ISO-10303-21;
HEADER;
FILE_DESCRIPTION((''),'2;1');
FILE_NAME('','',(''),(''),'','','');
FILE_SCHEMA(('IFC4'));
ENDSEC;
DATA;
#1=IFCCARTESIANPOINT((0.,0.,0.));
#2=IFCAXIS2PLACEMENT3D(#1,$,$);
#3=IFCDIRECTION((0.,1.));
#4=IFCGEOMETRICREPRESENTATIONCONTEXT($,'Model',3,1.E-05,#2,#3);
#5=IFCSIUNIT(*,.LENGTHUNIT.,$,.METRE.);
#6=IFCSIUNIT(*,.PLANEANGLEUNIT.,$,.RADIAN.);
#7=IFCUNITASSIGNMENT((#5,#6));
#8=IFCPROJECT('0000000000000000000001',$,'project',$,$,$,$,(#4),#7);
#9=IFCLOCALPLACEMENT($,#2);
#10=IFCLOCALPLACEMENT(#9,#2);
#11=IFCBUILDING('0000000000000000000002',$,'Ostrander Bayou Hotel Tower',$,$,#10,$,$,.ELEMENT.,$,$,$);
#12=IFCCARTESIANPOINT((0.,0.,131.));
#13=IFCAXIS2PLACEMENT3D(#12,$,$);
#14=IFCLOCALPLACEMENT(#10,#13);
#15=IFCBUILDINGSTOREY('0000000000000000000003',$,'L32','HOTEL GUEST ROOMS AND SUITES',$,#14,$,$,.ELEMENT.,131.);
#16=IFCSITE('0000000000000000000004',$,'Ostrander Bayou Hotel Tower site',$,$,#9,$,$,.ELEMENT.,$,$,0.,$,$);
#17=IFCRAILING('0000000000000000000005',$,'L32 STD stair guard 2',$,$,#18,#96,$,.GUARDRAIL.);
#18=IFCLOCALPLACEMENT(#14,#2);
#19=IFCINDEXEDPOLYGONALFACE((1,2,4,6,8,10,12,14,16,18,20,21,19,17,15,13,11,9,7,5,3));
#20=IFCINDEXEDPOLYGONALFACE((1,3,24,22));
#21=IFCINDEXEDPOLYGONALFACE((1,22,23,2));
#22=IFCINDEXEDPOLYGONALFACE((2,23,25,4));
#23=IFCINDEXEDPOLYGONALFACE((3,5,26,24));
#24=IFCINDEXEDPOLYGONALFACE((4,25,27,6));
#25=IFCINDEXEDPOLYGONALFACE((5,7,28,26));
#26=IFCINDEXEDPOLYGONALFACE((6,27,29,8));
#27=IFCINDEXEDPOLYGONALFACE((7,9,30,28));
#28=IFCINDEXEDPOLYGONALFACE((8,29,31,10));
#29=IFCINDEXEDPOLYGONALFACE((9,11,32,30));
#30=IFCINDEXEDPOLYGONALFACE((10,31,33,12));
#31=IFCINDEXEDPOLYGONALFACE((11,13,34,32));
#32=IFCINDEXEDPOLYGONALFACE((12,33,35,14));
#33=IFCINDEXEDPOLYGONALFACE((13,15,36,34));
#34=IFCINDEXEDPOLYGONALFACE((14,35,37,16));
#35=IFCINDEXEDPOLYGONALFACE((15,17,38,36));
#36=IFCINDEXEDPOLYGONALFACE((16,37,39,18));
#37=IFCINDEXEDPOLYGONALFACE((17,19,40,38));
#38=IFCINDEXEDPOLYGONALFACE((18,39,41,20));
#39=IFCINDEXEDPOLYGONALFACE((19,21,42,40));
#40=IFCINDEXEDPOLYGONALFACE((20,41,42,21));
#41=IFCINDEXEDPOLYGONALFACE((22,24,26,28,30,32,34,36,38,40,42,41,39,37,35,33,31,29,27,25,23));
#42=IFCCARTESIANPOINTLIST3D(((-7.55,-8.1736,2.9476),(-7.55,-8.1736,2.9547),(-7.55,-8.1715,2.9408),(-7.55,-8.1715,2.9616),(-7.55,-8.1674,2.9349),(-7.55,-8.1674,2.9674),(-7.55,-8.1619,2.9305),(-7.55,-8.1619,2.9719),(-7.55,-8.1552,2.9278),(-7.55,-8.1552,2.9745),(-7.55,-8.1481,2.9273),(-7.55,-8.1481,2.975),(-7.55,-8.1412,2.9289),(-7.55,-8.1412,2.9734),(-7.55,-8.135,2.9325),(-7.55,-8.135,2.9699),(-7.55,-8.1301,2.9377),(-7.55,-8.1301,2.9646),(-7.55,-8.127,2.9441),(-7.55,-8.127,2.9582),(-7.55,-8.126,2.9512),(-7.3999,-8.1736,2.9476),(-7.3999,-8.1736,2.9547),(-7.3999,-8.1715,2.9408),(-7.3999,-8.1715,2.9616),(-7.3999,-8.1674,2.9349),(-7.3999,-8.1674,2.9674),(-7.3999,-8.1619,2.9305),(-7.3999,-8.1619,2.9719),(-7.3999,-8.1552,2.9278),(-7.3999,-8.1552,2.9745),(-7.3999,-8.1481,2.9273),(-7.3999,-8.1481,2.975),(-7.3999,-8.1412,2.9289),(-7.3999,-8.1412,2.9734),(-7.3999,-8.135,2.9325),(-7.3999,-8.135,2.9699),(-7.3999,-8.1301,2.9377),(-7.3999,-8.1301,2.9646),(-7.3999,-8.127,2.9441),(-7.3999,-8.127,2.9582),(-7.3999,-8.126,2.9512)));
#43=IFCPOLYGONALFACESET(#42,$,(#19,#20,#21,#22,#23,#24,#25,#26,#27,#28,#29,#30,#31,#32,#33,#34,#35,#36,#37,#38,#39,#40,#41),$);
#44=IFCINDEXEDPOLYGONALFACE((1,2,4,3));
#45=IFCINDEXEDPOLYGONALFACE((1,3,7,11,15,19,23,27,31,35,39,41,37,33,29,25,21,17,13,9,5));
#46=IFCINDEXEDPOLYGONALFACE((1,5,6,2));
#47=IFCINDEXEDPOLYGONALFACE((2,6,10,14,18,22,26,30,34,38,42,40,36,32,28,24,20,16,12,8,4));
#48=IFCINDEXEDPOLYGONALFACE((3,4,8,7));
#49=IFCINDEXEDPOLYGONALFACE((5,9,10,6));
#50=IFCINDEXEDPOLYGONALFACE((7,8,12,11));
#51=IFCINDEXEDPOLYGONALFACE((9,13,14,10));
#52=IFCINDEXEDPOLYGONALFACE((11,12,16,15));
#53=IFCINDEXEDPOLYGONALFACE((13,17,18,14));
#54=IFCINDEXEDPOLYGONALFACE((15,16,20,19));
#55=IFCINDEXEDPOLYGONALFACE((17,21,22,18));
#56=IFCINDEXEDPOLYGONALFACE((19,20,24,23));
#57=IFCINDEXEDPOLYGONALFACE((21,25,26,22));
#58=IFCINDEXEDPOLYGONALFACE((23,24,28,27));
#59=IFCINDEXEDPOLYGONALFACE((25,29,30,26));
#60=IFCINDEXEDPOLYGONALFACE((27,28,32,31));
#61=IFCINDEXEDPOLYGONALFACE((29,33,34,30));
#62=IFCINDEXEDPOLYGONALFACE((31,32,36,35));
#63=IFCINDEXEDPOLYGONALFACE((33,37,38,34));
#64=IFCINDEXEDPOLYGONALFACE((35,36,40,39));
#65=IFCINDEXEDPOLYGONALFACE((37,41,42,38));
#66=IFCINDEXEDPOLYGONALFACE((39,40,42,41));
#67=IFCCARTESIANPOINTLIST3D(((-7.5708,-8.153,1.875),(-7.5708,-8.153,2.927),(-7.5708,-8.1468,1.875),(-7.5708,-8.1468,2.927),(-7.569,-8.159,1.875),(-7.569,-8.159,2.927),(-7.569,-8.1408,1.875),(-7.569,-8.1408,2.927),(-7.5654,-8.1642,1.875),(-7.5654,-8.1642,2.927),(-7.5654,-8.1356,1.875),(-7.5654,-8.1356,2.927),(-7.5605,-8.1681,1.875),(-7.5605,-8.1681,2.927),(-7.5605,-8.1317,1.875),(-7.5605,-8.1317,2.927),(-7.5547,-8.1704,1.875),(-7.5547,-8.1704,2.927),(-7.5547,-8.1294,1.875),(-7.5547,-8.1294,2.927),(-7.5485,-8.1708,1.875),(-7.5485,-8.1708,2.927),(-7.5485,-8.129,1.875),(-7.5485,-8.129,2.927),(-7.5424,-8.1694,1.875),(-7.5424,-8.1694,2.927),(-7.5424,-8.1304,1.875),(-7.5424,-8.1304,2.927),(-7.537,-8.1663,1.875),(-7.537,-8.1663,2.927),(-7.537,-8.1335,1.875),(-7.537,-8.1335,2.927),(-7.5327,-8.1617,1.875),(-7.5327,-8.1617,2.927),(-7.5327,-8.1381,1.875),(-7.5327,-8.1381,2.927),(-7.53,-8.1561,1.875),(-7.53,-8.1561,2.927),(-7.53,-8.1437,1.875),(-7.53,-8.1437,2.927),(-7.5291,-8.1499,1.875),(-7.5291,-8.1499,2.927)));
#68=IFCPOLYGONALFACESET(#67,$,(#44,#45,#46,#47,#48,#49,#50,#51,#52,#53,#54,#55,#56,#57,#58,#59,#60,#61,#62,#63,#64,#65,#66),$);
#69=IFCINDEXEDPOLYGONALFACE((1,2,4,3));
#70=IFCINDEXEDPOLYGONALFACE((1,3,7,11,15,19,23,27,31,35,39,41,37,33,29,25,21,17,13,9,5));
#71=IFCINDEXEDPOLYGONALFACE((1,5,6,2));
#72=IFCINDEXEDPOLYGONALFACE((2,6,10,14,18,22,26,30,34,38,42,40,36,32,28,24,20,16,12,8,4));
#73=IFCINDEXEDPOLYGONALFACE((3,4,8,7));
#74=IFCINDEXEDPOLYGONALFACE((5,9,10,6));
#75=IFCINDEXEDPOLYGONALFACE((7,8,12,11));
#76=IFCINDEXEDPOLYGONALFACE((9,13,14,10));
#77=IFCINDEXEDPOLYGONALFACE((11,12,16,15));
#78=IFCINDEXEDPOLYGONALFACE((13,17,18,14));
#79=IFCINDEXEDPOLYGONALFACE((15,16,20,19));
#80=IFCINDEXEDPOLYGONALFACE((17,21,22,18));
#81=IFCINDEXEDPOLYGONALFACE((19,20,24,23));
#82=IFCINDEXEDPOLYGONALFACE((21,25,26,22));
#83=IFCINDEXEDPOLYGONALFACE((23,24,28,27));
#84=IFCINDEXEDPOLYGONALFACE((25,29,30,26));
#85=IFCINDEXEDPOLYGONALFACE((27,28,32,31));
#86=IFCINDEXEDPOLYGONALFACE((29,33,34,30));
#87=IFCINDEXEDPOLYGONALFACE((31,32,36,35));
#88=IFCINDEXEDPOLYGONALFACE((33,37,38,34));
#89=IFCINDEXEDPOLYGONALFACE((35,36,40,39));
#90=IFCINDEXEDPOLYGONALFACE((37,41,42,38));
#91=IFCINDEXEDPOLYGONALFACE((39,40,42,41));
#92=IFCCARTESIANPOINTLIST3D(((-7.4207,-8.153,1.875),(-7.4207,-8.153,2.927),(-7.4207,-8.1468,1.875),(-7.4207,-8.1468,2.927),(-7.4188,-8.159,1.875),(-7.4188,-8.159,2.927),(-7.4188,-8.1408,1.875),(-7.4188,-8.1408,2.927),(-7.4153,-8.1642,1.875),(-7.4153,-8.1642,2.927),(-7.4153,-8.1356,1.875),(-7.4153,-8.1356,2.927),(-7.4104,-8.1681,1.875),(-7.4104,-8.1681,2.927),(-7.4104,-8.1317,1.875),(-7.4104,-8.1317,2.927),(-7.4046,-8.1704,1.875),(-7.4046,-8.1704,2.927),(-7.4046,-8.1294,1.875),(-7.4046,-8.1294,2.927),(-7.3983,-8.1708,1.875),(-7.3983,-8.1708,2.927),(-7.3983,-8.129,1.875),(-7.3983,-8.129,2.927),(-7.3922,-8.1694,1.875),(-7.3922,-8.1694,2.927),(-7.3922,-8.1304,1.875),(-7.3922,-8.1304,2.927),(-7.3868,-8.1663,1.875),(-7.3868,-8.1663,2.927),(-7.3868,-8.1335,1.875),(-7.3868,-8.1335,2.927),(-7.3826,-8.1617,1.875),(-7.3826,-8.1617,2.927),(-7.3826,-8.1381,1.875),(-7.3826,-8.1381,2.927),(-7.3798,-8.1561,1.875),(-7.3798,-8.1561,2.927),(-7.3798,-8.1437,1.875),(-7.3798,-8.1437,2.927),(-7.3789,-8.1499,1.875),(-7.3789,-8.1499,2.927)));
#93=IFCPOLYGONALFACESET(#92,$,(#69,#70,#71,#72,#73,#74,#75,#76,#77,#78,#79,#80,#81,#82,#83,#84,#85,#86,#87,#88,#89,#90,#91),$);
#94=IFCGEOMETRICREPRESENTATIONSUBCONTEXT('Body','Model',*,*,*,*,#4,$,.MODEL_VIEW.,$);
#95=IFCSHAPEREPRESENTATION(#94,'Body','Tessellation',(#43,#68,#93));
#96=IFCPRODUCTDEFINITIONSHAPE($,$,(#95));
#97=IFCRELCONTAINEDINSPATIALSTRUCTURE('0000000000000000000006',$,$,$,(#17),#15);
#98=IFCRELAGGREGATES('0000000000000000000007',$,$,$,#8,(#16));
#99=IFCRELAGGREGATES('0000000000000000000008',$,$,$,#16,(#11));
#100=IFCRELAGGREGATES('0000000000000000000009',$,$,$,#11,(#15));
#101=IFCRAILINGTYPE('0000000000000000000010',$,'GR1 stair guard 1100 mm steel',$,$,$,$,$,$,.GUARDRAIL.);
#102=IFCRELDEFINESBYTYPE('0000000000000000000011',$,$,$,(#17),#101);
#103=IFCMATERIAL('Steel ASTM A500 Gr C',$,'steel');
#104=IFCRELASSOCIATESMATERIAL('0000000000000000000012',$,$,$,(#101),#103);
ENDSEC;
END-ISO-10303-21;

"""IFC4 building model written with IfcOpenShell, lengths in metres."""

from ifc_helpers import new_model, si_unit, direction, frame, origin, origin_2d, place, context, subcontext, project, spatial, circle, extrude, material, type_object, element, save


model = new_model("IFC4")

# Units and contexts
model_context = context("Model", 3, precision=1e-05, world=origin(), true_north=direction((0.0, 1.0)))
body_context = subcontext(model_context, "Body", "Model", "MODEL_VIEW")
ifc_project = project(units=[si_unit("LENGTHUNIT", "METRE"), si_unit("PLANEANGLEUNIT", "RADIAN")], contexts=[model_context])

# Site, building, storey
site_placement = place(None, origin())
site = spatial("IfcSite", under=ifc_project, at=site_placement, Name="Ostrander Bayou Hotel Tower site", CompositionType="ELEMENT", RefElevation=0.0)
building_placement = place(site_placement, origin())
building = spatial("IfcBuilding", under=site, at=building_placement, Name="Ostrander Bayou Hotel Tower", CompositionType="ELEMENT")
storey_placement = place(building_placement, frame((0.0, 0.0, 131.0)))
storey = spatial("IfcBuildingStorey", under=building, at=storey_placement, Name="L32", Description="HOTEL GUEST ROOMS AND SUITES", CompositionType="ELEMENT", Elevation=131.0)

# Railing
ifc_material_1 = material(Name="Steel ASTM A500 Gr C", Category="steel")
railing_type = type_object("IfcRailingType", Name="GR1 stair guard 1100 mm steel", PredefinedType="GUARDRAIL", material=ifc_material_1)
railing_1_placement = place(storey_placement, frame((-7.55, -8.1499, 1.875)))
element("IfcRailing", 1, at=railing_1_placement, inside=storey, type_object=railing_type, Name="L32 STD stair guard 2", PredefinedType="GUARDRAIL", context=body_context, shape_type="SweptSolid", body=[
    extrude(circle(Radius=0.0239, at=origin_2d()), frame((0.0, 0.0, 1.0762), z_axis=(1.0, 0.0, 0.0), x_axis=(0.0, 1.0, 0.0)), (0.0, 0.0, 1.0), 0.1501),
    extrude(circle(Radius=0.021, at=origin_2d()), origin(), (0.0, 0.0, 1.0), 1.052),
    extrude(circle(Radius=0.021, at=origin_2d()), frame((0.1501, 0.0, 0.0)), (0.0, 0.0, 1.0), 1.052),
])

save(model, "model.ifc")
